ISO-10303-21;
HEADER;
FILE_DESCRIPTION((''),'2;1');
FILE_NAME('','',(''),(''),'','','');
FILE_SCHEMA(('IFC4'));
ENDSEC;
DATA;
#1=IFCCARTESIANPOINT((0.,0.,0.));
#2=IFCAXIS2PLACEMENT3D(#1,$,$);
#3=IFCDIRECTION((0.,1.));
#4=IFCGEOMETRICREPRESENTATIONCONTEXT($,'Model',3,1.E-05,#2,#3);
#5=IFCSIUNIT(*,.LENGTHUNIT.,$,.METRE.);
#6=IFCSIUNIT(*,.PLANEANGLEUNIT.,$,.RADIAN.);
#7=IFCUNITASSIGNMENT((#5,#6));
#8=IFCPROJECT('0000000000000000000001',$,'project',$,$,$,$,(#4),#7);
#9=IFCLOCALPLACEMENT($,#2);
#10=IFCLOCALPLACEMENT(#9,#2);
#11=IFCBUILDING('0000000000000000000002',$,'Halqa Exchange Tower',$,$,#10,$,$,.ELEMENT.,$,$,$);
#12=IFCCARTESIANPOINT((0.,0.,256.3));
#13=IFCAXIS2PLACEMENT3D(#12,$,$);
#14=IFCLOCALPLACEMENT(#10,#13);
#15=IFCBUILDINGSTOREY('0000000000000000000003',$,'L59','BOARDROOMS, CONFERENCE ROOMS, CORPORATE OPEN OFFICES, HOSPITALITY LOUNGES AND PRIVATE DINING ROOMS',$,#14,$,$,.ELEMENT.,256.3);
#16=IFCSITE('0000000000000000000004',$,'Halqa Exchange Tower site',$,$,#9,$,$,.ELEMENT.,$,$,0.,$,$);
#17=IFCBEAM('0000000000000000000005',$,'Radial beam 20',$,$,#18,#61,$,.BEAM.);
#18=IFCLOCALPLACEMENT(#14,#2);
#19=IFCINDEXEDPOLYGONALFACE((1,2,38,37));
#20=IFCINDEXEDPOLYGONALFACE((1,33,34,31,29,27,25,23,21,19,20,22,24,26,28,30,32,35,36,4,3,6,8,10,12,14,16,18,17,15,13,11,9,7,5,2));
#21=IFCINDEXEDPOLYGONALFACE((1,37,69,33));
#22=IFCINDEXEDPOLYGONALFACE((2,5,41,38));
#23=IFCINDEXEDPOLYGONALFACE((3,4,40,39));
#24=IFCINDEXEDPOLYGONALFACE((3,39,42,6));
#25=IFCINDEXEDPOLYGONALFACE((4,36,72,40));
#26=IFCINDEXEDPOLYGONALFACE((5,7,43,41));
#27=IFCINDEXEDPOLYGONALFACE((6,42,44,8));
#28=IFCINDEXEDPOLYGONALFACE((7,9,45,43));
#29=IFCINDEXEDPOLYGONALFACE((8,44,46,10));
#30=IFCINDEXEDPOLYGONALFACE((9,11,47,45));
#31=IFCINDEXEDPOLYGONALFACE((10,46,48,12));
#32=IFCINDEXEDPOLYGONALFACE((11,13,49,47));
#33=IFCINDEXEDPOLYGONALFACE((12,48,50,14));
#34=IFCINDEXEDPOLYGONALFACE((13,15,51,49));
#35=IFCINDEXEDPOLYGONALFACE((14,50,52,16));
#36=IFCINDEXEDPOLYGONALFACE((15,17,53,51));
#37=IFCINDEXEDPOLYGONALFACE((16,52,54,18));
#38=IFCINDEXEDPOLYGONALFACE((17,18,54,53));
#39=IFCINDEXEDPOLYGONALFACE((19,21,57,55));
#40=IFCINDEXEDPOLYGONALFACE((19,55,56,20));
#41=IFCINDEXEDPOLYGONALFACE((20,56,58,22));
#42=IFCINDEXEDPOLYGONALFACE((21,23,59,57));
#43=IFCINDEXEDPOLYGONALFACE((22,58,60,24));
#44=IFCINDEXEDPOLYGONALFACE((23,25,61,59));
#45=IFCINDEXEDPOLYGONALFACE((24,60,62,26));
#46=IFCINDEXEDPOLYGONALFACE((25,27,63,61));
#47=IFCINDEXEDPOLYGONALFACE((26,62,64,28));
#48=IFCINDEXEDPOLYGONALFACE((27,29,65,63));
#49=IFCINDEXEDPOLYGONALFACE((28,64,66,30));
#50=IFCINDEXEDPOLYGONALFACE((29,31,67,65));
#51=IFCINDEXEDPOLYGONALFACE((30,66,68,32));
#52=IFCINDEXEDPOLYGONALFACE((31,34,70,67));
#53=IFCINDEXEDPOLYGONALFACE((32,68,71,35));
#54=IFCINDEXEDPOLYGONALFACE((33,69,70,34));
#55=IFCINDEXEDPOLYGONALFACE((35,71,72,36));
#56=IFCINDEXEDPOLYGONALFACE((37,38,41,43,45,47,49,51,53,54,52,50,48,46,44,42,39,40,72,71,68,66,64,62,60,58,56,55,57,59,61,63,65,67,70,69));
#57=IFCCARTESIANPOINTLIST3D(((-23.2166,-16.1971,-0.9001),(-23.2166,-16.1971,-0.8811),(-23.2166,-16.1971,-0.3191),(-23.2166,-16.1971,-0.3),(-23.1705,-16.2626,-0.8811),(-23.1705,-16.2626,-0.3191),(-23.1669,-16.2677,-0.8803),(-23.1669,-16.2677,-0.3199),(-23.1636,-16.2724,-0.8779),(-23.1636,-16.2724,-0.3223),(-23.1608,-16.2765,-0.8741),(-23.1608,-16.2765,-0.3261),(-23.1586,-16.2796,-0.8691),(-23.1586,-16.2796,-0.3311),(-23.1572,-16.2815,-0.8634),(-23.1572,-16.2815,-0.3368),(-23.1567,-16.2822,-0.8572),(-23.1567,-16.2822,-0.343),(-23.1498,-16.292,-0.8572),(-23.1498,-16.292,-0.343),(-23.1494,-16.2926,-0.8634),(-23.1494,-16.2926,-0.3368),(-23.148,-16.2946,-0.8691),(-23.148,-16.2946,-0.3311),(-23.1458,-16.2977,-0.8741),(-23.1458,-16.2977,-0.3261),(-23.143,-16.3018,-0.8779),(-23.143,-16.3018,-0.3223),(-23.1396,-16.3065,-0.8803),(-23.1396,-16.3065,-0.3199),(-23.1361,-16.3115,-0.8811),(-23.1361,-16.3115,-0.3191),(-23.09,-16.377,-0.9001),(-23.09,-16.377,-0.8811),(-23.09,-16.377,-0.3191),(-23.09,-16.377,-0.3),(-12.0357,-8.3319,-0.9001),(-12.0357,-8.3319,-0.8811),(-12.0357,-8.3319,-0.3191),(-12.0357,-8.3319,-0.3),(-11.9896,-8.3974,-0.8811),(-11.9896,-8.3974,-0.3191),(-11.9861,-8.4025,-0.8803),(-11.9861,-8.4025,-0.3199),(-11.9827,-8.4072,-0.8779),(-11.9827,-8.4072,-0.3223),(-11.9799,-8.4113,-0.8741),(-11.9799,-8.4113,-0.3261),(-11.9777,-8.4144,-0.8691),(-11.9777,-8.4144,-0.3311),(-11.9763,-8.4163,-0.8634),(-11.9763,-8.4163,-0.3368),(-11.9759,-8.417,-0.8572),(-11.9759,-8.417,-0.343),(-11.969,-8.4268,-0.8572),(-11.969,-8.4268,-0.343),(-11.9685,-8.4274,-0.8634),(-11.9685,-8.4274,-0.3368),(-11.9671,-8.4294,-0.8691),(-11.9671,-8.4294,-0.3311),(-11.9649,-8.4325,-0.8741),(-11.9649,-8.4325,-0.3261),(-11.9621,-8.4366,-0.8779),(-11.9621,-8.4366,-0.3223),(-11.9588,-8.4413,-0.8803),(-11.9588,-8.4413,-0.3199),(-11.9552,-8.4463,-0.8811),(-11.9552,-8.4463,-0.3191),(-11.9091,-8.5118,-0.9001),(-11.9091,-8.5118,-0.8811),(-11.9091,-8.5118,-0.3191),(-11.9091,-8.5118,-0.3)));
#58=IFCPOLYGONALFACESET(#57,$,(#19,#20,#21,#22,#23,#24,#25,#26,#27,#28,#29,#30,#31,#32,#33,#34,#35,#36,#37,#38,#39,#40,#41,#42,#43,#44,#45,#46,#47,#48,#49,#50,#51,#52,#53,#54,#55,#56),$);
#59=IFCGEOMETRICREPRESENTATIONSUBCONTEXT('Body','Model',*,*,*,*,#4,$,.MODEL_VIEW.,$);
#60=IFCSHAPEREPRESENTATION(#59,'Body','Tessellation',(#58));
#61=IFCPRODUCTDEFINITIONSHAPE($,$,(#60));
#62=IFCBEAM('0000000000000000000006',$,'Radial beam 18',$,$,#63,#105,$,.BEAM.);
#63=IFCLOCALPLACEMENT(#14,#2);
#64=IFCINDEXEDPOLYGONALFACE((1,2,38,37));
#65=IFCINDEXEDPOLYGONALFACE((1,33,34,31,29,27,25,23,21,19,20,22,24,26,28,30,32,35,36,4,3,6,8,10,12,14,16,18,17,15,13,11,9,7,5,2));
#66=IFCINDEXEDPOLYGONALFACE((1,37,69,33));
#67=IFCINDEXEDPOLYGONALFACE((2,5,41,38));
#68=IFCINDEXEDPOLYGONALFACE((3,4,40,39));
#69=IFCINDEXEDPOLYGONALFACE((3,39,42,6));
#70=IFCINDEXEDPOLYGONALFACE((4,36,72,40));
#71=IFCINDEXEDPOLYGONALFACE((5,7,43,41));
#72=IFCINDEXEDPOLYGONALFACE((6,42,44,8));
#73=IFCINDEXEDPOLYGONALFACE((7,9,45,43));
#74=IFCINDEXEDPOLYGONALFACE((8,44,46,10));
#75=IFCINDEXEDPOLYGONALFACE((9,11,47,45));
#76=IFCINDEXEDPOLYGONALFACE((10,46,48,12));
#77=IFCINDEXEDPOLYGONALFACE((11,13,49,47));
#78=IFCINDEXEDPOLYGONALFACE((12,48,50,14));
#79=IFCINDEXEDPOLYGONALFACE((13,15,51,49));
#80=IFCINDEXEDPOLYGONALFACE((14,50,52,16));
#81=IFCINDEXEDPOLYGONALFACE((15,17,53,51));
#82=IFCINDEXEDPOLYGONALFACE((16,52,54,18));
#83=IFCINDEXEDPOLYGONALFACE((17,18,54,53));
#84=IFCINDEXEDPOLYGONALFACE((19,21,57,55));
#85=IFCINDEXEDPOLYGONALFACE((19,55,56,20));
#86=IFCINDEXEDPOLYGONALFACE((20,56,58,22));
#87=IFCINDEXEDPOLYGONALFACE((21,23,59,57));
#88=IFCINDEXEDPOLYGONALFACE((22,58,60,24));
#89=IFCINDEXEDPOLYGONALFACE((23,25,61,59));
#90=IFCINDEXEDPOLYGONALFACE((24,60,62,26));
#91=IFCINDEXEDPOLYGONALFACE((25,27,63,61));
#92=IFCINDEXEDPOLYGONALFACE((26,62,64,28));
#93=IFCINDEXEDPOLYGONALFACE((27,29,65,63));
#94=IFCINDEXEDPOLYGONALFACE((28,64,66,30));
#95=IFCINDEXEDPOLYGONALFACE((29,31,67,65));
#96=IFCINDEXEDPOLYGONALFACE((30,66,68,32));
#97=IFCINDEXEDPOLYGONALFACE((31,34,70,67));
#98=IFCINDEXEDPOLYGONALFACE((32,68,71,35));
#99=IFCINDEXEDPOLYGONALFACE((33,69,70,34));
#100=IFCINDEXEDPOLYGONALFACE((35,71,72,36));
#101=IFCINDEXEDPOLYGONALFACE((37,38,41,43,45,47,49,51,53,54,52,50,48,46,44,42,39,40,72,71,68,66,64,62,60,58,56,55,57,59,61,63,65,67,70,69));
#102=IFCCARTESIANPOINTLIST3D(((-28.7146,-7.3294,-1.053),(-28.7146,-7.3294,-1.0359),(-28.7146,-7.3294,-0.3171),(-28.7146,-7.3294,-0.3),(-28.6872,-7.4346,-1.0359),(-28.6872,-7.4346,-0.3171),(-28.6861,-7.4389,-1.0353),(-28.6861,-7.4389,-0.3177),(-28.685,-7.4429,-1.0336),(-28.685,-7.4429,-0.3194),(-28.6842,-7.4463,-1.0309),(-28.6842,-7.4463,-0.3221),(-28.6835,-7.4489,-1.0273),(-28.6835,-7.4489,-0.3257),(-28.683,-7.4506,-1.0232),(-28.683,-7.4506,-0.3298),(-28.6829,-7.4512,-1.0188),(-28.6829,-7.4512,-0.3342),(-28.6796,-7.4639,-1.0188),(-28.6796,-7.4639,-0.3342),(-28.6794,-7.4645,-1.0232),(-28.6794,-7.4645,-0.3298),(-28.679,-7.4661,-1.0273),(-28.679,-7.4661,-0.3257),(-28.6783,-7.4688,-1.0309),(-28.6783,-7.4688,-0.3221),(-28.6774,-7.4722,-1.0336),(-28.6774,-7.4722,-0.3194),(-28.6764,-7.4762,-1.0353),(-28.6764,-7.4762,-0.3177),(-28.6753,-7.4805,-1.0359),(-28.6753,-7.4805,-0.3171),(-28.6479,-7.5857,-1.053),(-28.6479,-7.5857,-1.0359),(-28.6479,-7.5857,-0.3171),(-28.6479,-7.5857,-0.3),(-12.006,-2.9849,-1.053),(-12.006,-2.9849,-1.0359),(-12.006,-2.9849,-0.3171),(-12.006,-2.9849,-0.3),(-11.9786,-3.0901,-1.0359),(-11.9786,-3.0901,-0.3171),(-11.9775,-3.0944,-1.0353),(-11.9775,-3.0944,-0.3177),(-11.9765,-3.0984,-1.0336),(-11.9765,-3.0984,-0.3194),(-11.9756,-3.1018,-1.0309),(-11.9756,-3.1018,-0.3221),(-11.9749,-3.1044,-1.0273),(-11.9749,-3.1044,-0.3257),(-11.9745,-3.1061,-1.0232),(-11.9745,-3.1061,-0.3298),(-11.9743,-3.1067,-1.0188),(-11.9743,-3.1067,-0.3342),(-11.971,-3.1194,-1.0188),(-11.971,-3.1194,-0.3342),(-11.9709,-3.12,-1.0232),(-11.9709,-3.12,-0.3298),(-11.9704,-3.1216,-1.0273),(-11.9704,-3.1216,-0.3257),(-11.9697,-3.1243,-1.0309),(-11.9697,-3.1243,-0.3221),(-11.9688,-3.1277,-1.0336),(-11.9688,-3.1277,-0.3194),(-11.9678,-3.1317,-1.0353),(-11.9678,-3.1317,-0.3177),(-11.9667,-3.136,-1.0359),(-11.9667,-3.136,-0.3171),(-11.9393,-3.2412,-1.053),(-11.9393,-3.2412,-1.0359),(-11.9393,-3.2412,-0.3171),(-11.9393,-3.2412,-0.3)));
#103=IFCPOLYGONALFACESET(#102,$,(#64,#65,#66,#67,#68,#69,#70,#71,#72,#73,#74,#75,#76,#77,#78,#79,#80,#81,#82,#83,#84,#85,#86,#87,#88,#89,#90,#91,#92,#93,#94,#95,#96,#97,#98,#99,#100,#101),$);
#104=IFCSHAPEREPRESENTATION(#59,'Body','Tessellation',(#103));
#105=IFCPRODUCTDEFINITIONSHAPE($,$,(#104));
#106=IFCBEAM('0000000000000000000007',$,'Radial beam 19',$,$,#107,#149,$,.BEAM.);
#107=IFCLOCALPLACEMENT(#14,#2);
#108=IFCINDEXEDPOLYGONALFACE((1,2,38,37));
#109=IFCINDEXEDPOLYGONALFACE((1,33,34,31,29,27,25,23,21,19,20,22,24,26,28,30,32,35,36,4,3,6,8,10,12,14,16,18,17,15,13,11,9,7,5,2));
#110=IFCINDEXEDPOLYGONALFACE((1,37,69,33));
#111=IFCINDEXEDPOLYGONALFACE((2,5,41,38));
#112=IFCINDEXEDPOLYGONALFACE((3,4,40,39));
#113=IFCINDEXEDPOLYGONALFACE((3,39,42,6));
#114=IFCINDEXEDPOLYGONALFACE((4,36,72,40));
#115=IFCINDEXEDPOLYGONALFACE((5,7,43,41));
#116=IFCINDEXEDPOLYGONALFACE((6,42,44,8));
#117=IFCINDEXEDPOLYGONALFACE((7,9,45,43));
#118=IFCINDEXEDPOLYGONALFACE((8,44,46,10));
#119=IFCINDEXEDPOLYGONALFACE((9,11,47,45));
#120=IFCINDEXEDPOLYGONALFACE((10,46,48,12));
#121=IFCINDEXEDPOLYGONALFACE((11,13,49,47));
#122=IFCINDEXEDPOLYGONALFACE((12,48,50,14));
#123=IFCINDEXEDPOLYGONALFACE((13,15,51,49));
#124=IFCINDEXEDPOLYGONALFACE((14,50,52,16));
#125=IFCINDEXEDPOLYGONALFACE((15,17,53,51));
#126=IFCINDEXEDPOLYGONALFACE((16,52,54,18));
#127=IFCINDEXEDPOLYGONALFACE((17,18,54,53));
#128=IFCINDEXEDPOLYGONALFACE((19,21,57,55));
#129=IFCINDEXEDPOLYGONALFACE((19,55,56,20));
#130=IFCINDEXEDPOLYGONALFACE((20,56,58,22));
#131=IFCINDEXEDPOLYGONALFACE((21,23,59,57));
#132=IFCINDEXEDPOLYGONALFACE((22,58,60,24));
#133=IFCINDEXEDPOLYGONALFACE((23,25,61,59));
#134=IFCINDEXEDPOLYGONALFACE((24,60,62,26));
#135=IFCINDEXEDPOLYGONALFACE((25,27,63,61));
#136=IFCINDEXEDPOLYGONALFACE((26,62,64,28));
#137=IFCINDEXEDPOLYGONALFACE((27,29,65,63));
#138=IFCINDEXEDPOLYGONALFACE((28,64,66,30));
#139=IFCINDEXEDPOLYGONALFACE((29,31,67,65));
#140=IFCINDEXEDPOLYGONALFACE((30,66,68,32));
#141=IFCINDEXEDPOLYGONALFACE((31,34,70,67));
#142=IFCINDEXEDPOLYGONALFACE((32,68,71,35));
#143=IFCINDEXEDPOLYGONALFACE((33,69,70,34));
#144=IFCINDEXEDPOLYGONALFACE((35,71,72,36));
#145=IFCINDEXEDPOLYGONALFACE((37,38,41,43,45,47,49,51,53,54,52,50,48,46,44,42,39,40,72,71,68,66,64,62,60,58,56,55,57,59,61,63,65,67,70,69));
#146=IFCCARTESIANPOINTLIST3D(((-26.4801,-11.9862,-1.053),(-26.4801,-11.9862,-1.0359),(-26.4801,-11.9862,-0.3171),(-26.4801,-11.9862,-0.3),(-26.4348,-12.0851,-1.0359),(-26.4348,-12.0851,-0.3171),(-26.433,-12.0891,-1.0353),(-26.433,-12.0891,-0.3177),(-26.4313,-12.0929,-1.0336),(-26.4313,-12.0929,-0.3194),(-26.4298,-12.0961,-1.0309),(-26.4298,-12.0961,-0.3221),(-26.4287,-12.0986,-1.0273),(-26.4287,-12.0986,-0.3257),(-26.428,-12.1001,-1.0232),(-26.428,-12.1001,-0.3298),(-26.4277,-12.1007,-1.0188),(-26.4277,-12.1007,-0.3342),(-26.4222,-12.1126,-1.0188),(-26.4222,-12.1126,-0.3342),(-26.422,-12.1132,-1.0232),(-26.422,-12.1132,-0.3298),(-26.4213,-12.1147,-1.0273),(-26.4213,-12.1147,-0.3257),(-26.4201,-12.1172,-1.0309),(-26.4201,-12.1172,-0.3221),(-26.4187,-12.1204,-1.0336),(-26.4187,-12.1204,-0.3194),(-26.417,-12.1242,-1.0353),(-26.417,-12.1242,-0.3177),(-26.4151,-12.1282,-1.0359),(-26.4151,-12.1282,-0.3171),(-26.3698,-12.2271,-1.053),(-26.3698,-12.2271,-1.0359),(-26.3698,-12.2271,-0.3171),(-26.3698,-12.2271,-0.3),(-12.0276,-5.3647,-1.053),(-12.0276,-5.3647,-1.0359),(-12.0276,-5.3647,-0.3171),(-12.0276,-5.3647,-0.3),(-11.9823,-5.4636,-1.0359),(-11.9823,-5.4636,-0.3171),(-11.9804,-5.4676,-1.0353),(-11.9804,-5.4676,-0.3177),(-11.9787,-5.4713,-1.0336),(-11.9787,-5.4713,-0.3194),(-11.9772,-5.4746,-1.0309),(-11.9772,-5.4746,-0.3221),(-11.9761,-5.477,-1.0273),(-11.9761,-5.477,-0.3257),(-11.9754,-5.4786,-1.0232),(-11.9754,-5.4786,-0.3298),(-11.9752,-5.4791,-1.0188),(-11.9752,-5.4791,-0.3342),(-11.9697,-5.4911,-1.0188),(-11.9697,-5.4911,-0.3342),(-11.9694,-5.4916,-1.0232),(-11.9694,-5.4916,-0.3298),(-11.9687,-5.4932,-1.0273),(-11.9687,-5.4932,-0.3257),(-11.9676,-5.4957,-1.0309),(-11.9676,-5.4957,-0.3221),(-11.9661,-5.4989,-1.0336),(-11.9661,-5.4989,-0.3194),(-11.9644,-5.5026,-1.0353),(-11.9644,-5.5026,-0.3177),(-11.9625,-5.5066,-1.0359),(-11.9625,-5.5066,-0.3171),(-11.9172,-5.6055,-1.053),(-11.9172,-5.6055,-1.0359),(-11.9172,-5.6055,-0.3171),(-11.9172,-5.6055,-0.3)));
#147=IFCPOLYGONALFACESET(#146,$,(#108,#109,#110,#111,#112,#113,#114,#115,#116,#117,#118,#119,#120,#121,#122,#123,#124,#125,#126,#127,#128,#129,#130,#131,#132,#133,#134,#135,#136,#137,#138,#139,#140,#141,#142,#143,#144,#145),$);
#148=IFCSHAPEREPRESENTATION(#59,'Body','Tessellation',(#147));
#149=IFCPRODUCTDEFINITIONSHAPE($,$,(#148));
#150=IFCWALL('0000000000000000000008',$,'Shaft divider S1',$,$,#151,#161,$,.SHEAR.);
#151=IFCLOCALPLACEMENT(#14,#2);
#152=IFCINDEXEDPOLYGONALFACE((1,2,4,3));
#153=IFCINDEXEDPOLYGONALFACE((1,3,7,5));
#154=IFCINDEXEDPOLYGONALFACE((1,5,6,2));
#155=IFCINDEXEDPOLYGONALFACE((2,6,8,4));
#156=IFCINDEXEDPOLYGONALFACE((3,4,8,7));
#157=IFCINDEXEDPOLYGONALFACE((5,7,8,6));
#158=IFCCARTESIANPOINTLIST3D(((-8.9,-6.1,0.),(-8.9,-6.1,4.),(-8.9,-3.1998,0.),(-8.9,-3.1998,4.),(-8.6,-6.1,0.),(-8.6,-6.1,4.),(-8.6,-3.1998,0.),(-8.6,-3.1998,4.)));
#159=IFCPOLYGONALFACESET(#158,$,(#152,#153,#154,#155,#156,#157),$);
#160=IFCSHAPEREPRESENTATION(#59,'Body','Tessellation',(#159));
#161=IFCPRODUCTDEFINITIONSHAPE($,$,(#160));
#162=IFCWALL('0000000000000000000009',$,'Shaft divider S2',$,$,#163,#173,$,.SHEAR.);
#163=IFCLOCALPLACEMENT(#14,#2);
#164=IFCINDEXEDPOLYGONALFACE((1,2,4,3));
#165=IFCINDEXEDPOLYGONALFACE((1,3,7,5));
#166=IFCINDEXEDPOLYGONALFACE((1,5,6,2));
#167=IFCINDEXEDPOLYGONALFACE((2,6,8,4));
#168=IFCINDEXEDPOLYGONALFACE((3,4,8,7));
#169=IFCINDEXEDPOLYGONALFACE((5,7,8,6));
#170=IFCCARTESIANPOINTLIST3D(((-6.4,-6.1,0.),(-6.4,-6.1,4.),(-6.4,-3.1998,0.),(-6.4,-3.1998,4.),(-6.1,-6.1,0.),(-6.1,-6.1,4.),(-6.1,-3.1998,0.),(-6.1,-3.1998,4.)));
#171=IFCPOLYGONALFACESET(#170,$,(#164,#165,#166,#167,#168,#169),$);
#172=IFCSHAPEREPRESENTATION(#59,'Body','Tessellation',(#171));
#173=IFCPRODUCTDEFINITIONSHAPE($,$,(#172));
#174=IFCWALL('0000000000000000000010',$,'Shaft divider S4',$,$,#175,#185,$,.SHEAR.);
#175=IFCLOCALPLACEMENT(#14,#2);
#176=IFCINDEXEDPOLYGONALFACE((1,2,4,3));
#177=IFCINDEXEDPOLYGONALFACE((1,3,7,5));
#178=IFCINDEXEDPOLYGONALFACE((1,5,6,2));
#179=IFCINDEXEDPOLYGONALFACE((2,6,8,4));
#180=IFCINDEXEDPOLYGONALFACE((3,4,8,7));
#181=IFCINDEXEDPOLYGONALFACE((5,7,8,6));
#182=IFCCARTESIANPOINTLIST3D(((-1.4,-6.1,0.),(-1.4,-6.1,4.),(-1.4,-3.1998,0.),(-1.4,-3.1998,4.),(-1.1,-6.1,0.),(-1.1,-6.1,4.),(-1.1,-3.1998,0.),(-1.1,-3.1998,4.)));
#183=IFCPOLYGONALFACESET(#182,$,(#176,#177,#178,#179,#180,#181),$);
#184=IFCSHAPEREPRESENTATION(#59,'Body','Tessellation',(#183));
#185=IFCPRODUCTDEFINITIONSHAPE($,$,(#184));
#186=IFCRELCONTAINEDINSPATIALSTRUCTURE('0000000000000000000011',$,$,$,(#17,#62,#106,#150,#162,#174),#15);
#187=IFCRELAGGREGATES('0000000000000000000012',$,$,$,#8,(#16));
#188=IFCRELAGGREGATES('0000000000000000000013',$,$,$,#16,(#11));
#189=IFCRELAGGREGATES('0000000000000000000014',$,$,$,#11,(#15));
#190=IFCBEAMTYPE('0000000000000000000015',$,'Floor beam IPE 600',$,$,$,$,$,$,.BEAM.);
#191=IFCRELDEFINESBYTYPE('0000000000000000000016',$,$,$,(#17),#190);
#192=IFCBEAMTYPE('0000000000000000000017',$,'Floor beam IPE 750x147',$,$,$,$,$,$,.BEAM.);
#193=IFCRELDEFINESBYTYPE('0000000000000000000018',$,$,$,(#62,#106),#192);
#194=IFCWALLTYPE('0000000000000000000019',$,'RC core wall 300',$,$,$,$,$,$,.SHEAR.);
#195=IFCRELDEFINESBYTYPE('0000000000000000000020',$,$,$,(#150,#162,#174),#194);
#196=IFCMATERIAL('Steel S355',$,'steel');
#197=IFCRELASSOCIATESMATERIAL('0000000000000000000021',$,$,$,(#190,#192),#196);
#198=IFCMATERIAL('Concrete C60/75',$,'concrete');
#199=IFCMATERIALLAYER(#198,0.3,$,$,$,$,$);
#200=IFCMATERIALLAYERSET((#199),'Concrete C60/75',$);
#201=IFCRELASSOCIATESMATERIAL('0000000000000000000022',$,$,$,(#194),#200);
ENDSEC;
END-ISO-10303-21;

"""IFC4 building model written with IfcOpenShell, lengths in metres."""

from ifc_helpers import new_model, si_unit, direction, frame, frame_2d, origin, origin_2d, place, context, subcontext, project, spatial, rectangle, i_section, extrude, material, layer, layer_set, material_profile, profile_set, type_object, element, save


model = new_model("IFC4")

# Units and contexts
model_context = context("Model", 3, precision=1e-05, world=origin(), true_north=direction((0.0, 1.0)))
body_context = subcontext(model_context, "Body", "Model", "MODEL_VIEW")
ifc_project = project(units=[si_unit("LENGTHUNIT", "METRE"), si_unit("PLANEANGLEUNIT", "RADIAN")], contexts=[model_context])

# Site, building, storey
site_placement = place(None, origin())
site = spatial("IfcSite", under=ifc_project, at=site_placement, Name="Halqa Exchange Tower site", CompositionType="ELEMENT", RefElevation=0.0)
building_placement = place(site_placement, origin())
building = spatial("IfcBuilding", under=site, at=building_placement, Name="Halqa Exchange Tower", CompositionType="ELEMENT")
storey_placement = place(building_placement, frame((0.0, 0.0, 256.3)))
storey = spatial("IfcBuildingStorey", under=building, at=storey_placement, Name="L59", Description="BOARDROOMS, CONFERENCE ROOMS, CORPORATE OPEN OFFICES, HOSPITALITY LOUNGES AND PRIVATE DINING ROOMS", CompositionType="ELEMENT", Elevation=256.3)

# Beams
ifc_material_1 = material(Name="Steel S355", Category="steel")
ifc_material_profile_1 = material_profile(ifc_material_1, i_section(OverallWidth=0.22, OverallDepth=0.6001, WebThickness=0.012, FlangeThickness=0.019, FilletRadius=0.0239, at=origin_2d()), Name="IPE 600")
ifc_profile_set_1 = profile_set([ifc_material_profile_1], Name="Steel S355")
beam_type_1 = type_object("IfcBeamType", Name="Floor beam IPE 600", PredefinedType="BEAM", material=ifc_profile_set_1)
beam_1_placement = place(storey_placement, frame((-11.9724, -8.4219, -0.6001), z_axis=(-0.817903, -0.575356, 0.0), x_axis=(0.575356, -0.817903, 0.0)))
element("IfcBeam", 1, at=beam_1_placement, inside=storey, type_object=beam_type_1, Name="Radial beam 20", PredefinedType="BEAM", context=body_context, shape_type="SweptSolid", body=[
    extrude(i_section(OverallWidth=0.22, OverallDepth=0.6001, WebThickness=0.012, FlangeThickness=0.019, FilletRadius=0.0239, at=origin_2d()), origin(), (0.0, 0.0, 1.0), 13.6702),
])
ifc_material_profile_2 = material_profile(ifc_material_1, i_section(OverallWidth=0.2649, OverallDepth=0.7529, WebThickness=0.0132, FlangeThickness=0.0171, FilletRadius=0.0171, at=origin_2d()), Name="IPE 750x147")
ifc_profile_set_2 = profile_set([ifc_material_profile_2], Name="Steel S355")
beam_type_2 = type_object("IfcBeamType", Name="Floor beam IPE 750x147", PredefinedType="BEAM", material=ifc_profile_set_2)
beam_2_placement = place(storey_placement, frame((-11.9727, -3.113, -0.6765), z_axis=(-0.967819, -0.251649, 0.0), x_axis=(0.251649, -0.967819, 0.0)))
element("IfcBeam", 2, at=beam_2_placement, inside=storey, type_object=beam_type_2, Name="Radial beam 18", PredefinedType="BEAM", context=body_context, shape_type="SweptSolid", body=[
    extrude(i_section(OverallWidth=0.2649, OverallDepth=0.7529, WebThickness=0.0132, FlangeThickness=0.0171, FilletRadius=0.0171, at=origin_2d()), origin(), (0.0, 0.0, 1.0), 17.2642),
])
beam_3_placement = place(storey_placement, frame((-11.9724, -5.4851, -0.6765), z_axis=(-0.909125, -0.416523, 0.0), x_axis=(0.416523, -0.909125, 0.0)))
element("IfcBeam", 3, at=beam_3_placement, inside=storey, type_object=beam_type_2, Name="Radial beam 19", PredefinedType="BEAM", context=body_context, shape_type="SweptSolid", body=[
    extrude(i_section(OverallWidth=0.2649, OverallDepth=0.7529, WebThickness=0.0132, FlangeThickness=0.0171, FilletRadius=0.0171, at=origin_2d()), origin(), (0.0, 0.0, 1.0), 15.8972),
])

# Walls
ifc_material_2 = material(Name="Concrete C60/75", Category="concrete")
ifc_layer_1 = layer(ifc_material_2, 0.3)
ifc_layer_set_1 = layer_set([ifc_layer_1], Name="Concrete C60/75")
wall_type_1 = type_object("IfcWallType", Name="RC core wall 300", PredefinedType="SHEAR", material=ifc_layer_set_1)
for number, where, z_axis, x_axis, name in (
    (4, (-8.75, -6.1001, 0.0), (0.0, 0.0, 1.0), (0.0, 1.0, 0.0), "Shaft divider S1"),
    (5, (-6.25, -6.1001, 0.0), (0.0, 0.0, 1.0), (0.0, 1.0, 0.0), "Shaft divider S2"),
    (6, (-1.25, -6.1001, 0.0), (0.0, 0.0, 1.0), (0.0, 1.0, 0.0), "Shaft divider S4"),
):
    element("IfcWall", number, at=place(storey_placement, frame(where, z_axis=z_axis, x_axis=x_axis)), inside=storey, type_object=wall_type_1, Name=name, PredefinedType="SHEAR", context=body_context, shape_type="SweptSolid", body=[
        extrude(rectangle(XDim=2.9001, YDim=0.3, at=frame_2d((1.4502, 0.0))), origin(), (0.0, 0.0, 1.0), 4.0),
    ])

save(model, "model.ifc")
